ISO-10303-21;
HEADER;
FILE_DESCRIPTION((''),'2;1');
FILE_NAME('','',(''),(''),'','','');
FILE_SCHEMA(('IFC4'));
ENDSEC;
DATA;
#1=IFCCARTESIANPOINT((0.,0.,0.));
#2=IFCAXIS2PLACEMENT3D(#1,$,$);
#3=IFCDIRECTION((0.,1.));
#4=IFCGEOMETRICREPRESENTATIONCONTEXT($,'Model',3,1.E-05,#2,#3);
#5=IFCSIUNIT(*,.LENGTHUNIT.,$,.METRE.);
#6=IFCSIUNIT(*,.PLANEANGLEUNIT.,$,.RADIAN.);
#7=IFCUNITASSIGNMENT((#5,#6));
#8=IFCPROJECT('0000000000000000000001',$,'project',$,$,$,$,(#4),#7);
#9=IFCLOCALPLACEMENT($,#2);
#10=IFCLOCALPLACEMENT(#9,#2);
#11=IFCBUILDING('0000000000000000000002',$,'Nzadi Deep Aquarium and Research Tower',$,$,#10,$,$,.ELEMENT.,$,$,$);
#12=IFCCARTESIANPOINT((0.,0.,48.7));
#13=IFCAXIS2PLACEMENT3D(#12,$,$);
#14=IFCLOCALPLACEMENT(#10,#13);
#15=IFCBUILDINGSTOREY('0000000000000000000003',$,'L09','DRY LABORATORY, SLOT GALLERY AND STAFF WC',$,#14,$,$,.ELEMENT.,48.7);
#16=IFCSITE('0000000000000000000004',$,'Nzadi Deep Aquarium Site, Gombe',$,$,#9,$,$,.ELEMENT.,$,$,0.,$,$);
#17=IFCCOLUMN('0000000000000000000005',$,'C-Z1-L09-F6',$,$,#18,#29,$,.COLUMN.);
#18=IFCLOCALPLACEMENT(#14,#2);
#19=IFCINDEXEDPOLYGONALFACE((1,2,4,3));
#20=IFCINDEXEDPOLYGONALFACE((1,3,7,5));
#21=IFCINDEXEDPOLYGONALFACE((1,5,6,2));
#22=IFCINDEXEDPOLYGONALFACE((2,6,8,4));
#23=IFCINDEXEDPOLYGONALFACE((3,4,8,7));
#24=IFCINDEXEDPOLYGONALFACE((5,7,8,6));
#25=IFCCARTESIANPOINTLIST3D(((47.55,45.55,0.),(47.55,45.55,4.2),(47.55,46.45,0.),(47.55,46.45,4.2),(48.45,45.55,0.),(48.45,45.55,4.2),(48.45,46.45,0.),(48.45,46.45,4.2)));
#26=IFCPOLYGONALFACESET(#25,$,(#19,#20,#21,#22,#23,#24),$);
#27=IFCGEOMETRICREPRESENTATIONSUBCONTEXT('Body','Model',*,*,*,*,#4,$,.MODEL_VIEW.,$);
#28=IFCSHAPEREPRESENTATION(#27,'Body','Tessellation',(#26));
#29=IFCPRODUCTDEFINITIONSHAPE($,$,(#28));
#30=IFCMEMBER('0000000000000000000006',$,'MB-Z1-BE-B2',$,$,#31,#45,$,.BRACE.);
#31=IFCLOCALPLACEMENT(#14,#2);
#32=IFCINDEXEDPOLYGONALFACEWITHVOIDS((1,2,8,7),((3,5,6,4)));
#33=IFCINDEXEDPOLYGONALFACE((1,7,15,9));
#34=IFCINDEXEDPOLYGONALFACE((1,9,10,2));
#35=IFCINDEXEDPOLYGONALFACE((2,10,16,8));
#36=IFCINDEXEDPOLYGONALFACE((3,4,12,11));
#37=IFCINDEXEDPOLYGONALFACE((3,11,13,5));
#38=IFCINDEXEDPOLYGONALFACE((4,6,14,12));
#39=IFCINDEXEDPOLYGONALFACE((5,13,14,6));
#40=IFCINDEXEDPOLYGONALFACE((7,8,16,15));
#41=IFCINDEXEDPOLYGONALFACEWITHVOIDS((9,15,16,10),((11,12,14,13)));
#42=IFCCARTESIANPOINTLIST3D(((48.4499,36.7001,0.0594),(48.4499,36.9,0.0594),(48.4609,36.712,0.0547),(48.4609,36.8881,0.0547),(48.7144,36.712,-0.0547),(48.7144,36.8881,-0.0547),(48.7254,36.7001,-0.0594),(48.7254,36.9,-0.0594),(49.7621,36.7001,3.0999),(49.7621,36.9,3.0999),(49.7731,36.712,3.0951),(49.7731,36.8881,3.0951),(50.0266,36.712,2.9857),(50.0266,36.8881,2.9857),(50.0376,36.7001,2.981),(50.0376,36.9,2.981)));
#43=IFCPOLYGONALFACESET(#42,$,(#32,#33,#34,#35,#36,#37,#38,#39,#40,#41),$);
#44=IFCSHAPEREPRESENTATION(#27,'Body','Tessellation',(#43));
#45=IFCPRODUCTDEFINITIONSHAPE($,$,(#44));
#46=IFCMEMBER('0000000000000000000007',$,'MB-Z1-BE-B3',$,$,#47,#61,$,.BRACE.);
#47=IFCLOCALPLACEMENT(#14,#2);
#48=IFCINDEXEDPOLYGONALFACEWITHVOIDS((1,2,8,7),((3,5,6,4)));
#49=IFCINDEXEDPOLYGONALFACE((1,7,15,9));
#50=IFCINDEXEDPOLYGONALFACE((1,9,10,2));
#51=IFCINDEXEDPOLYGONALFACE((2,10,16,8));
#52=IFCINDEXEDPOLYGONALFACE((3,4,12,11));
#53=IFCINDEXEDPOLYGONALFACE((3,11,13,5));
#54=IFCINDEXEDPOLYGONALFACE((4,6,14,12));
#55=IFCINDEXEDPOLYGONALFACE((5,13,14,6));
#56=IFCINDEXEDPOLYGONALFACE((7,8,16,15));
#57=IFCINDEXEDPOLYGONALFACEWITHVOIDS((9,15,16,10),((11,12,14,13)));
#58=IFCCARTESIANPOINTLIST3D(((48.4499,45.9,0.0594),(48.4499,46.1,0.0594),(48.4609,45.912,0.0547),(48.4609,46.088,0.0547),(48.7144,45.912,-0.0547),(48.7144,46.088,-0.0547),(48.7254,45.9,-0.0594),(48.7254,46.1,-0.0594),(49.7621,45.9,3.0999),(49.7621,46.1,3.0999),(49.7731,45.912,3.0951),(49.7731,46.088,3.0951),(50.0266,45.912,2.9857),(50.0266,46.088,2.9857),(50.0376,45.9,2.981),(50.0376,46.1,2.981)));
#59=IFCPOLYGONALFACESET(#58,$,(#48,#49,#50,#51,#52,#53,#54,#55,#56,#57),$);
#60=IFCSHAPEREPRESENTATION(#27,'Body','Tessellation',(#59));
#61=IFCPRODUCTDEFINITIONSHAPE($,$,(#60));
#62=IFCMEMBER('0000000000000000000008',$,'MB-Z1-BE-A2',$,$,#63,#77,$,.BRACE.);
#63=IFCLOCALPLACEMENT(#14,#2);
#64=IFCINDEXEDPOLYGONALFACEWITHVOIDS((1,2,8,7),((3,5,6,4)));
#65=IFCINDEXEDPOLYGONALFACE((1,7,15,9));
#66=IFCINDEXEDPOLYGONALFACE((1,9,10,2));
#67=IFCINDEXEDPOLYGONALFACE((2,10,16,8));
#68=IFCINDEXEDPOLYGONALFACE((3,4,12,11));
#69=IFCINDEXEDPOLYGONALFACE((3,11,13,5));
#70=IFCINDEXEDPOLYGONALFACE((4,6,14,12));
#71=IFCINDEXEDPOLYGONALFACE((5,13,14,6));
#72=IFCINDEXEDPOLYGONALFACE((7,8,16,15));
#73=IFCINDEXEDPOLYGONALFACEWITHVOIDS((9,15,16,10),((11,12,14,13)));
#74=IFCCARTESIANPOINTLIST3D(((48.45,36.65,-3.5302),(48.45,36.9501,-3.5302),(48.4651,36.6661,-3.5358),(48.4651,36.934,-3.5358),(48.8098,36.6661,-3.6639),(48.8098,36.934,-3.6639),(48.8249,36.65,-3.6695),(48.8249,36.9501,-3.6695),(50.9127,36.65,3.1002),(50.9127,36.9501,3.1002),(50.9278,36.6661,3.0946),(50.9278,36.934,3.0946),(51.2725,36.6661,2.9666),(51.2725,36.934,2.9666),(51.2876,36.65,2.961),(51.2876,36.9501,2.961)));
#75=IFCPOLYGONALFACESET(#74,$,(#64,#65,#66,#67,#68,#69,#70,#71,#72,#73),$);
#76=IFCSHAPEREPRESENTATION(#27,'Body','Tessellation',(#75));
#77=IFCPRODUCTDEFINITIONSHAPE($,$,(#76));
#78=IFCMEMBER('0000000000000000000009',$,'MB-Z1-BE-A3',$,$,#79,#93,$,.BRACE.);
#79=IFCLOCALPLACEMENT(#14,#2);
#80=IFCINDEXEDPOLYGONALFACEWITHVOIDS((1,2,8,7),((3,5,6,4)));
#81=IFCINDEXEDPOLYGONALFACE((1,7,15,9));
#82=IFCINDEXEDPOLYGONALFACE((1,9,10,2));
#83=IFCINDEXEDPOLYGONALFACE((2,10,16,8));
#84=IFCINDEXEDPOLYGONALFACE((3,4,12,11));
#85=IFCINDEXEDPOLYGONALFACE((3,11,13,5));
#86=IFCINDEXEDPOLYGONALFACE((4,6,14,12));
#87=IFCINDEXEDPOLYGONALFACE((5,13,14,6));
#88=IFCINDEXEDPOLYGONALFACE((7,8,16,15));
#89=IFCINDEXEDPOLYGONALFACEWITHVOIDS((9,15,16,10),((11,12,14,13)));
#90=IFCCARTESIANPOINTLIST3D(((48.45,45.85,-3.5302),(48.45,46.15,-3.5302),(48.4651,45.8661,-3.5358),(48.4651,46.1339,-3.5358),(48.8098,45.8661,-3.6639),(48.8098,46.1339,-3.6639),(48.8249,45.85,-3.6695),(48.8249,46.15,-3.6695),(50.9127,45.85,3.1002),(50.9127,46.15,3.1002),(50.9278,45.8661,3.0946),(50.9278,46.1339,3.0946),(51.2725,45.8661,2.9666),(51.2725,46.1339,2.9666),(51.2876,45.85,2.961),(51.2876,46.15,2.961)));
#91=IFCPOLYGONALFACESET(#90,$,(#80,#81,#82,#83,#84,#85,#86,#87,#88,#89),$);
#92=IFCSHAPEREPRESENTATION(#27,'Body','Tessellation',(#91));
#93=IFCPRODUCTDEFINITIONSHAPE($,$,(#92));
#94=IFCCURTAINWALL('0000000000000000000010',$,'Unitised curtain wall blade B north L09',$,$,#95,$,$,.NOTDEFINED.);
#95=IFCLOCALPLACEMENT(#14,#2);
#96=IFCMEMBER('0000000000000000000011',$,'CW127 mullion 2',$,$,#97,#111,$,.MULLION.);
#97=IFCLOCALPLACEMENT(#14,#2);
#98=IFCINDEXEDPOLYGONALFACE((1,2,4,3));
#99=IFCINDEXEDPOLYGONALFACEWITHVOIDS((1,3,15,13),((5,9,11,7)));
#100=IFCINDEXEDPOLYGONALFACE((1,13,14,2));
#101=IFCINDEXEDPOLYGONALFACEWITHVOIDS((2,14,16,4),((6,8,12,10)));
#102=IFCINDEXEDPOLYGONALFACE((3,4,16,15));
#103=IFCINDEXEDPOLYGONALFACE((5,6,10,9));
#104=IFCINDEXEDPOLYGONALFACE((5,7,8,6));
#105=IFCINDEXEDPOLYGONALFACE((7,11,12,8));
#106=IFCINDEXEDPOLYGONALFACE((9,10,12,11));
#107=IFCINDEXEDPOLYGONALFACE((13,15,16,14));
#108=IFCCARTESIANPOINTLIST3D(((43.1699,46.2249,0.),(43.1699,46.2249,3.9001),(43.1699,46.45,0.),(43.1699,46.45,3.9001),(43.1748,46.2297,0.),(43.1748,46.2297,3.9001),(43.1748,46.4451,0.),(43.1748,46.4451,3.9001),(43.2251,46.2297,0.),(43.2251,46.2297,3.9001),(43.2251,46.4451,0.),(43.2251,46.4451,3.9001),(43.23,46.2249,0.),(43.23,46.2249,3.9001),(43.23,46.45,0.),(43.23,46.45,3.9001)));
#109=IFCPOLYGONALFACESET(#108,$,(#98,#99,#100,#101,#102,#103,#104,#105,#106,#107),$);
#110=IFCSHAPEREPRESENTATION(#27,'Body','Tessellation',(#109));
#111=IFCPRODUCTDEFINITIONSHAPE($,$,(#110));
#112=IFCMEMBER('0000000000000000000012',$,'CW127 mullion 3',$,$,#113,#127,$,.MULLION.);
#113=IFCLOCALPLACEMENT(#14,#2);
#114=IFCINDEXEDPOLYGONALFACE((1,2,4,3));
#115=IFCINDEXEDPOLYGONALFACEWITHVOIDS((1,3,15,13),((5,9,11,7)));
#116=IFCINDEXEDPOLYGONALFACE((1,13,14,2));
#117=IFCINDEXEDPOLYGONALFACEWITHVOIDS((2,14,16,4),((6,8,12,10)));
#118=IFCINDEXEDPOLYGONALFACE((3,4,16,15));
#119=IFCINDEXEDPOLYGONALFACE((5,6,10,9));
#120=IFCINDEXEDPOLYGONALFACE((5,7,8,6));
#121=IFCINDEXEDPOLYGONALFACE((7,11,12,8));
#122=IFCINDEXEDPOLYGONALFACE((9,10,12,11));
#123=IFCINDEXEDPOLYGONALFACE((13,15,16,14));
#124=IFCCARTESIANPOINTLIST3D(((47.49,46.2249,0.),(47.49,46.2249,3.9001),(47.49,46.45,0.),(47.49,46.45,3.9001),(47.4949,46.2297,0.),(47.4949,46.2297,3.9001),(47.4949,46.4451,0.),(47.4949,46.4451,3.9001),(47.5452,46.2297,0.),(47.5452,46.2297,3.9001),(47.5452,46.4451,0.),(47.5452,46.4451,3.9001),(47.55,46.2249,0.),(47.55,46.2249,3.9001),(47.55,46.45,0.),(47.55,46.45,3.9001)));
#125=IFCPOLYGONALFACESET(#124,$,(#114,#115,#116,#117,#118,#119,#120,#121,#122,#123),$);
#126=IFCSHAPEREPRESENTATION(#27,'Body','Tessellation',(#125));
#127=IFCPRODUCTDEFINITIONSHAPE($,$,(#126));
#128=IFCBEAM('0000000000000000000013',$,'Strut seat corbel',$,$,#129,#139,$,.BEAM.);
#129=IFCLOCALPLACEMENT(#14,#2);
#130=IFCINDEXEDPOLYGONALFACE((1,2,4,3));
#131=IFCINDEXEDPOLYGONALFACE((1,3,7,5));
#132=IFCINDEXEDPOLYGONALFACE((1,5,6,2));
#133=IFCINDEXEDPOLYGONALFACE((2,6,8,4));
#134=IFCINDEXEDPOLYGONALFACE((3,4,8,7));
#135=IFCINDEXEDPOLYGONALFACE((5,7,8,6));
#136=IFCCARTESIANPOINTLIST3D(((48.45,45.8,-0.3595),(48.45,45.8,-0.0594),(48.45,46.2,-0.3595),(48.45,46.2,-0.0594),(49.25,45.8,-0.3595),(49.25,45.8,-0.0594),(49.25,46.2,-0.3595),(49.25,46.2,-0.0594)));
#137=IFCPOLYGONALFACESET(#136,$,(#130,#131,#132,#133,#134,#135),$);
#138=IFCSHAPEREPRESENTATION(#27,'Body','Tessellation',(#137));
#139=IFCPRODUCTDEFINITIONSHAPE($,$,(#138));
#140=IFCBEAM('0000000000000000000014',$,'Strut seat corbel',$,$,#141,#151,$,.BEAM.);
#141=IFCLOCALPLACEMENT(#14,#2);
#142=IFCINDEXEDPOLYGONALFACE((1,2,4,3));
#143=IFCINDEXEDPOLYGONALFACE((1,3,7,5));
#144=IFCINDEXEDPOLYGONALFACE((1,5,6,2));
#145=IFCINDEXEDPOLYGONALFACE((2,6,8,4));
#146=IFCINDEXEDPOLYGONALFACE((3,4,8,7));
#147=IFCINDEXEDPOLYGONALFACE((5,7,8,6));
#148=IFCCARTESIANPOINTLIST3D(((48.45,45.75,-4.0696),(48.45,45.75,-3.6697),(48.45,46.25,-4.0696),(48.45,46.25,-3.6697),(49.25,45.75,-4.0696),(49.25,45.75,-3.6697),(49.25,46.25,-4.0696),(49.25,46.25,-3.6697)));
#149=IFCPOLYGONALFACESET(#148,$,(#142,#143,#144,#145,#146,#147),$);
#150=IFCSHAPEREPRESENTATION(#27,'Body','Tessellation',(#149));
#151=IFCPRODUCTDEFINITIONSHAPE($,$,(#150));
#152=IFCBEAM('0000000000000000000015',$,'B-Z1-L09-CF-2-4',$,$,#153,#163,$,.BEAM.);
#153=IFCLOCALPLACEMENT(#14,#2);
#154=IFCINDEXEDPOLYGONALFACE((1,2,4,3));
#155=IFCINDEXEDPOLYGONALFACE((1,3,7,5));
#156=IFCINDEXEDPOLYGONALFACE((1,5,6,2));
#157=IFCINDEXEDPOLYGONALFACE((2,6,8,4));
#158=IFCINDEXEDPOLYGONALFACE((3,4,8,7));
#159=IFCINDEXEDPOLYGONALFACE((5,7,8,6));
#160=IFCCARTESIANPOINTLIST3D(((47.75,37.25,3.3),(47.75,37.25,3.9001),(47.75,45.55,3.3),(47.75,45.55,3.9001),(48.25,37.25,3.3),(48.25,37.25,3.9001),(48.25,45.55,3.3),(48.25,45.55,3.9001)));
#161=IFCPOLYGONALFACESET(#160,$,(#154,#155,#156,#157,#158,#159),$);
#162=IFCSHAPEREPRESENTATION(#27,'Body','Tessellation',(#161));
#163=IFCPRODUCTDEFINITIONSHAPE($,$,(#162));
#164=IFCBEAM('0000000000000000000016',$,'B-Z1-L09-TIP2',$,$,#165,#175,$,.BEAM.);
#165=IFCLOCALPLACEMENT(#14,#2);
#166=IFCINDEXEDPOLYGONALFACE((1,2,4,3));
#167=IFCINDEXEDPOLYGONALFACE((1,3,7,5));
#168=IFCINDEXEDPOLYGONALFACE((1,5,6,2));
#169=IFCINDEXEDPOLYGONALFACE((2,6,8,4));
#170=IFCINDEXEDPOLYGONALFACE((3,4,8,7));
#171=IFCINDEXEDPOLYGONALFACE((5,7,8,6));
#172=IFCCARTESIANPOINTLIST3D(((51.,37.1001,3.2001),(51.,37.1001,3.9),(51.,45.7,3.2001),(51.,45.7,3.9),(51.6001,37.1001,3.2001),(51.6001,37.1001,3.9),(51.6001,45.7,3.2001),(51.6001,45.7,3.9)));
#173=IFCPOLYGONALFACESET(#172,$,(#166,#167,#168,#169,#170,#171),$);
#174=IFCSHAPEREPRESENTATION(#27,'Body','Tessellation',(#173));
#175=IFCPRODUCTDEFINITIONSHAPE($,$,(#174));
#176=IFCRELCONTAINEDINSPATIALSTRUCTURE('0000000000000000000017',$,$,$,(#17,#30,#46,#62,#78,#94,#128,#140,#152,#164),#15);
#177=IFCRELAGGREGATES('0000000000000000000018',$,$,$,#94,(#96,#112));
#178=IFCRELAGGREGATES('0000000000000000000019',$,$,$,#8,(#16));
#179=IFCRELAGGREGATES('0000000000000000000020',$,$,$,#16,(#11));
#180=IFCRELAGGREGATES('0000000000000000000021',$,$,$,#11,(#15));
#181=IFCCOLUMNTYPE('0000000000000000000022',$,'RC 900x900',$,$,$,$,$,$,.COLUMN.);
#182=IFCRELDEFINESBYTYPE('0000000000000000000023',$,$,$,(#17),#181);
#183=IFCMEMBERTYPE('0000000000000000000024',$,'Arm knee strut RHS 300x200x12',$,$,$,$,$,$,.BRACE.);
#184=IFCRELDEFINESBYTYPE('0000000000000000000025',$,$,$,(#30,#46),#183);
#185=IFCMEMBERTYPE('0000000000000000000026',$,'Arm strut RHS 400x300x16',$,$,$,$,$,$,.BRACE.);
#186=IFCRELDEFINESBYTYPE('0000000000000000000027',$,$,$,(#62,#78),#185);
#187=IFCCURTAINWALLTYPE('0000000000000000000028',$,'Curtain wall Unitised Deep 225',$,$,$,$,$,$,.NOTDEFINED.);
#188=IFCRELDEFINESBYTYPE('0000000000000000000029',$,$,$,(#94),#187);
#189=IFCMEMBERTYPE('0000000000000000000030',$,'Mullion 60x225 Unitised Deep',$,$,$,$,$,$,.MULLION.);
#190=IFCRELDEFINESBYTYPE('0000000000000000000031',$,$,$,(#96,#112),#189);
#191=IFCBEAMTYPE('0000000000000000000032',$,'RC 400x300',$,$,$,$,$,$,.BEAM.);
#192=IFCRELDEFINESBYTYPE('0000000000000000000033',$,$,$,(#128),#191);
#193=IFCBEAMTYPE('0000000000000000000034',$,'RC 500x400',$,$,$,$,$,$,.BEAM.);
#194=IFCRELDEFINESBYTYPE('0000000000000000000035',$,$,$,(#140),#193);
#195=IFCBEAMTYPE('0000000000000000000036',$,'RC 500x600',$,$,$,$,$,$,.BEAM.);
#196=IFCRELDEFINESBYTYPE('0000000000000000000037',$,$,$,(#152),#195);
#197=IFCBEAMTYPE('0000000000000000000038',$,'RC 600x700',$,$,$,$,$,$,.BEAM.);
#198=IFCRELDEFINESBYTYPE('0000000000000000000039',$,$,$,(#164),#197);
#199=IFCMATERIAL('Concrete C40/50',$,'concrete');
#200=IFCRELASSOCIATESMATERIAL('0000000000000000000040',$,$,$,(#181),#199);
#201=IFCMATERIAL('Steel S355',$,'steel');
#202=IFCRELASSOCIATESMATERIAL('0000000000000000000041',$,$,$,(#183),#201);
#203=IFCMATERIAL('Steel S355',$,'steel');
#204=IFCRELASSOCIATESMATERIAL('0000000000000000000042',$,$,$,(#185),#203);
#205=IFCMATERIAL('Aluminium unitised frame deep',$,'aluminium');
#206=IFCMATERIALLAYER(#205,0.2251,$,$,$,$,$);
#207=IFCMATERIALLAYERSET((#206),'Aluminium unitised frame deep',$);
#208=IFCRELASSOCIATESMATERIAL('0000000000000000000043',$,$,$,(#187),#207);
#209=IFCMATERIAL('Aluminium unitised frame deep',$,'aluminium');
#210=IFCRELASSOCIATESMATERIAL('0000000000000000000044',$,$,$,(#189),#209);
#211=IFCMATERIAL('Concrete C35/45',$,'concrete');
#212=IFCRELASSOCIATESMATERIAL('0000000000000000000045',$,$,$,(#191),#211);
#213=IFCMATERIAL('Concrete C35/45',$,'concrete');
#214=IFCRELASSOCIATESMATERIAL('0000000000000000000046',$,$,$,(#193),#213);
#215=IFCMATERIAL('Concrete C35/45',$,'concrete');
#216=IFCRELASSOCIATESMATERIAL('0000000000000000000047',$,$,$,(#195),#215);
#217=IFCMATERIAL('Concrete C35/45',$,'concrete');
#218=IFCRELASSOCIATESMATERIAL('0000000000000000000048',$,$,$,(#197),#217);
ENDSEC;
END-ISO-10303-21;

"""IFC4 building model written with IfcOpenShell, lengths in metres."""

from ifc_helpers import new_model, si_unit, direction, frame, origin, origin_2d, place, context, subcontext, project, spatial, rectangle, hollow_rectangle, extrude, material, layer, layer_set, material_profile, profile_set, type_object, element, aggregate, save


model = new_model("IFC4")

# Units and contexts
model_context = context("Model", 3, precision=1e-05, world=origin(), true_north=direction((0.0, 1.0)))
body_context = subcontext(model_context, "Body", "Model", "MODEL_VIEW")
ifc_project = project(units=[si_unit("LENGTHUNIT", "METRE"), si_unit("PLANEANGLEUNIT", "RADIAN")], contexts=[model_context])

# Site, building, storey
site_placement = place(None, origin())
site = spatial("IfcSite", under=ifc_project, at=site_placement, Name="Nzadi Deep Aquarium Site, Gombe", CompositionType="ELEMENT", RefElevation=0.0)
building_placement = place(site_placement, origin())
building = spatial("IfcBuilding", under=site, at=building_placement, Name="Nzadi Deep Aquarium and Research Tower", CompositionType="ELEMENT")
storey_placement = place(building_placement, frame((0.0, 0.0, 48.7)))
storey = spatial("IfcBuildingStorey", under=building, at=storey_placement, Name="L09", Description="DRY LABORATORY, SLOT GALLERY AND STAFF WC", CompositionType="ELEMENT", Elevation=48.7)

# Column
ifc_material_1 = material(Name="Concrete C40/50", Category="concrete")
ifc_material_profile_1 = material_profile(ifc_material_1, rectangle(XDim=0.8999, YDim=0.8999, at=origin_2d()))
ifc_profile_set_1 = profile_set([ifc_material_profile_1], Name="Concrete C40/50")
column_type = type_object("IfcColumnType", Name="RC 900x900", PredefinedType="COLUMN", material=ifc_profile_set_1)
column_placement = place(storey_placement, frame((48.0, 46.0, 0.0), z_axis=(0.0, 0.0, 1.0), x_axis=(1.0, 0.0, 0.0)))
element("IfcColumn", 1, at=column_placement, inside=storey, type_object=column_type, Name="C-Z1-L09-F6", PredefinedType="COLUMN", context=body_context, shape_type="SweptSolid", body=[
    extrude(rectangle(XDim=0.8999, YDim=0.8999, at=origin_2d()), origin(), (0.0, 0.0, 1.0), 4.2),
])

# Members
ifc_material_2 = material(Name="Steel S355", Category="steel")
ifc_material_profile_2 = material_profile(ifc_material_2, hollow_rectangle(XDim=0.2, YDim=0.3, WallThickness=0.012, at=origin_2d()))
ifc_profile_set_2 = profile_set([ifc_material_profile_2], Name="Steel S355")
member_type_1 = type_object("IfcMemberType", Name="Arm knee strut RHS 300x200x12", PredefinedType="BRACE", material=ifc_profile_set_2)
for number, where, z_axis, x_axis, name in (
    (2, (48.5876, 36.8, 0.0), (0.396258, 0.0, 0.918139), (0.0, 1.0, 0.0), "MB-Z1-BE-B2"),
    (3, (48.5876, 46.0, 0.0), (0.396258, 0.0, 0.918139), (0.0, 1.0, 0.0), "MB-Z1-BE-B3"),
):
    element("IfcMember", number, at=place(storey_placement, frame(where, z_axis=z_axis, x_axis=x_axis)), inside=storey, type_object=member_type_1, Name=name, PredefinedType="BRACE", context=body_context, shape_type="SweptSolid", body=[
        extrude(hollow_rectangle(XDim=0.2, YDim=0.3, WallThickness=0.012, at=origin_2d()), origin(), (0.0, 0.0, 1.0), 3.3115),
    ])
ifc_material_3 = material(Name="Steel S355", Category="steel")
ifc_material_profile_3 = material_profile(ifc_material_3, hollow_rectangle(XDim=0.3, YDim=0.3999, WallThickness=0.0161, at=origin_2d()))
ifc_profile_set_3 = profile_set([ifc_material_profile_3], Name="Steel S355")
member_type_2 = type_object("IfcMemberType", Name="Arm strut RHS 400x300x16", PredefinedType="BRACE", material=ifc_profile_set_3)
for number, where, z_axis, x_axis, name in (
    (4, (48.6375, 36.8, -3.5999), (0.348179, 0.0, 0.937428), (0.0, 1.0, 0.0), "MB-Z1-BE-A2"),
    (5, (48.6375, 46.0, -3.5999), (0.348179, 0.0, 0.937428), (0.0, 1.0, 0.0), "MB-Z1-BE-A3"),
):
    element("IfcMember", number, at=place(storey_placement, frame(where, z_axis=z_axis, x_axis=x_axis)), inside=storey, type_object=member_type_2, Name=name, PredefinedType="BRACE", context=body_context, shape_type="SweptSolid", body=[
        extrude(hollow_rectangle(XDim=0.3, YDim=0.3999, WallThickness=0.0161, at=origin_2d()), origin(), (0.0, 0.0, 1.0), 7.073),
    ])

# Curtain wall, members
ifc_material_4 = material(Name="Aluminium unitised frame deep", Category="aluminium")
ifc_layer_1 = layer(ifc_material_4, 0.2251)
ifc_layer_set_1 = layer_set([ifc_layer_1], Name="Aluminium unitised frame deep")
curtain_wall_type = type_object("IfcCurtainWallType", Name="Curtain wall Unitised Deep 225", PredefinedType="NOTDEFINED", material=ifc_layer_set_1)
curtain_wall_placement = place(storey_placement, origin())
curtain_wall = element("IfcCurtainWall", 6, at=curtain_wall_placement, inside=storey, type_object=curtain_wall_type, Name="Unitised curtain wall blade B north L09", PredefinedType="NOTDEFINED")
ifc_material_5 = material(Name="Aluminium unitised frame deep", Category="aluminium")
ifc_material_profile_4 = material_profile(ifc_material_5, hollow_rectangle(XDim=0.2251, YDim=0.0601, WallThickness=0.0049, at=origin_2d()))
ifc_profile_set_4 = profile_set([ifc_material_profile_4], Name="Aluminium unitised frame deep")
member_type_3 = type_object("IfcMemberType", Name="Mullion 60x225 Unitised Deep", PredefinedType="MULLION", material=ifc_profile_set_4)
member_1_placement = place(storey_placement, frame((43.2, 46.3374, 0.0), z_axis=(0.0, 0.0, 1.0), x_axis=(0.0, 1.0, 0.0)))
member_1 = element("IfcMember", 7, at=member_1_placement, type_object=member_type_3, Name="CW127 mullion 2", PredefinedType="MULLION", context=body_context, shape_type="SweptSolid", body=[
    extrude(hollow_rectangle(XDim=0.2251, YDim=0.0601, WallThickness=0.0049, at=origin_2d()), origin(), (0.0, 0.0, 1.0), 3.9001),
])
member_2_placement = place(storey_placement, frame((47.52, 46.3374, 0.0), z_axis=(0.0, 0.0, 1.0), x_axis=(0.0, 1.0, 0.0)))
member_2 = element("IfcMember", 8, at=member_2_placement, type_object=member_type_3, Name="CW127 mullion 3", PredefinedType="MULLION", context=body_context, shape_type="SweptSolid", body=[
    extrude(hollow_rectangle(XDim=0.2251, YDim=0.0601, WallThickness=0.0049, at=origin_2d()), origin(), (0.0, 0.0, 1.0), 3.9001),
])

# Beams
ifc_material_6 = material(Name="Concrete C35/45", Category="concrete")
ifc_material_profile_5 = material_profile(ifc_material_6, rectangle(XDim=0.3999, YDim=0.3, at=origin_2d()))
ifc_profile_set_5 = profile_set([ifc_material_profile_5], Name="Concrete C35/45")
beam_type_1 = type_object("IfcBeamType", Name="RC 400x300", PredefinedType="BEAM", material=ifc_profile_set_5)
beam_1_placement = place(storey_placement, frame((48.45, 46.0, -0.2095), z_axis=(1.0, 0.0, 0.0), x_axis=(0.0, 1.0, 0.0)))
element("IfcBeam", 9, at=beam_1_placement, inside=storey, type_object=beam_type_1, Name="Strut seat corbel", PredefinedType="BEAM", context=body_context, shape_type="SweptSolid", body=[
    extrude(rectangle(XDim=0.3999, YDim=0.3, at=origin_2d()), origin(), (0.0, 0.0, 1.0), 0.8),
])
ifc_material_7 = material(Name="Concrete C35/45", Category="concrete")
ifc_material_profile_6 = material_profile(ifc_material_7, rectangle(XDim=0.5, YDim=0.3999, at=origin_2d()))
ifc_profile_set_6 = profile_set([ifc_material_profile_6], Name="Concrete C35/45")
beam_type_2 = type_object("IfcBeamType", Name="RC 500x400", PredefinedType="BEAM", material=ifc_profile_set_6)
beam_2_placement = place(storey_placement, frame((48.45, 46.0, -3.8696), z_axis=(1.0, 0.0, 0.0), x_axis=(0.0, 1.0, 0.0)))
element("IfcBeam", 10, at=beam_2_placement, inside=storey, type_object=beam_type_2, Name="Strut seat corbel", PredefinedType="BEAM", context=body_context, shape_type="SweptSolid", body=[
    extrude(rectangle(XDim=0.5, YDim=0.3999, at=origin_2d()), origin(), (0.0, 0.0, 1.0), 0.8),
])
ifc_material_8 = material(Name="Concrete C35/45", Category="concrete")
ifc_material_profile_7 = material_profile(ifc_material_8, rectangle(XDim=0.5, YDim=0.6001, at=origin_2d()))
ifc_profile_set_7 = profile_set([ifc_material_profile_7], Name="Concrete C35/45")
beam_type_3 = type_object("IfcBeamType", Name="RC 500x600", PredefinedType="BEAM", material=ifc_profile_set_7)
beam_3_placement = place(storey_placement, frame((48.0, 37.25, 3.6001), z_axis=(0.0, 1.0, 0.0), x_axis=(-1.0, 0.0, 0.0)))
element("IfcBeam", 11, at=beam_3_placement, inside=storey, type_object=beam_type_3, Name="B-Z1-L09-CF-2-4", PredefinedType="BEAM", context=body_context, shape_type="SweptSolid", body=[
    extrude(rectangle(XDim=0.5, YDim=0.6001, at=origin_2d()), origin(), (0.0, 0.0, 1.0), 8.3),
])
ifc_material_9 = material(Name="Concrete C35/45", Category="concrete")
ifc_material_profile_8 = material_profile(ifc_material_9, rectangle(XDim=0.6001, YDim=0.7, at=origin_2d()))
ifc_profile_set_8 = profile_set([ifc_material_profile_8], Name="Concrete C35/45")
beam_type_4 = type_object("IfcBeamType", Name="RC 600x700", PredefinedType="BEAM", material=ifc_profile_set_8)
beam_4_placement = place(storey_placement, frame((51.3, 37.1001, 3.55), z_axis=(0.0, 1.0, 0.0), x_axis=(-1.0, 0.0, 0.0)))
element("IfcBeam", 12, at=beam_4_placement, inside=storey, type_object=beam_type_4, Name="B-Z1-L09-TIP2", PredefinedType="BEAM", context=body_context, shape_type="SweptSolid", body=[
    extrude(rectangle(XDim=0.6001, YDim=0.7, at=origin_2d()), origin(), (0.0, 0.0, 1.0), 8.5999),
])

aggregate(curtain_wall, [member_1, member_2])

save(model, "model.ifc")
